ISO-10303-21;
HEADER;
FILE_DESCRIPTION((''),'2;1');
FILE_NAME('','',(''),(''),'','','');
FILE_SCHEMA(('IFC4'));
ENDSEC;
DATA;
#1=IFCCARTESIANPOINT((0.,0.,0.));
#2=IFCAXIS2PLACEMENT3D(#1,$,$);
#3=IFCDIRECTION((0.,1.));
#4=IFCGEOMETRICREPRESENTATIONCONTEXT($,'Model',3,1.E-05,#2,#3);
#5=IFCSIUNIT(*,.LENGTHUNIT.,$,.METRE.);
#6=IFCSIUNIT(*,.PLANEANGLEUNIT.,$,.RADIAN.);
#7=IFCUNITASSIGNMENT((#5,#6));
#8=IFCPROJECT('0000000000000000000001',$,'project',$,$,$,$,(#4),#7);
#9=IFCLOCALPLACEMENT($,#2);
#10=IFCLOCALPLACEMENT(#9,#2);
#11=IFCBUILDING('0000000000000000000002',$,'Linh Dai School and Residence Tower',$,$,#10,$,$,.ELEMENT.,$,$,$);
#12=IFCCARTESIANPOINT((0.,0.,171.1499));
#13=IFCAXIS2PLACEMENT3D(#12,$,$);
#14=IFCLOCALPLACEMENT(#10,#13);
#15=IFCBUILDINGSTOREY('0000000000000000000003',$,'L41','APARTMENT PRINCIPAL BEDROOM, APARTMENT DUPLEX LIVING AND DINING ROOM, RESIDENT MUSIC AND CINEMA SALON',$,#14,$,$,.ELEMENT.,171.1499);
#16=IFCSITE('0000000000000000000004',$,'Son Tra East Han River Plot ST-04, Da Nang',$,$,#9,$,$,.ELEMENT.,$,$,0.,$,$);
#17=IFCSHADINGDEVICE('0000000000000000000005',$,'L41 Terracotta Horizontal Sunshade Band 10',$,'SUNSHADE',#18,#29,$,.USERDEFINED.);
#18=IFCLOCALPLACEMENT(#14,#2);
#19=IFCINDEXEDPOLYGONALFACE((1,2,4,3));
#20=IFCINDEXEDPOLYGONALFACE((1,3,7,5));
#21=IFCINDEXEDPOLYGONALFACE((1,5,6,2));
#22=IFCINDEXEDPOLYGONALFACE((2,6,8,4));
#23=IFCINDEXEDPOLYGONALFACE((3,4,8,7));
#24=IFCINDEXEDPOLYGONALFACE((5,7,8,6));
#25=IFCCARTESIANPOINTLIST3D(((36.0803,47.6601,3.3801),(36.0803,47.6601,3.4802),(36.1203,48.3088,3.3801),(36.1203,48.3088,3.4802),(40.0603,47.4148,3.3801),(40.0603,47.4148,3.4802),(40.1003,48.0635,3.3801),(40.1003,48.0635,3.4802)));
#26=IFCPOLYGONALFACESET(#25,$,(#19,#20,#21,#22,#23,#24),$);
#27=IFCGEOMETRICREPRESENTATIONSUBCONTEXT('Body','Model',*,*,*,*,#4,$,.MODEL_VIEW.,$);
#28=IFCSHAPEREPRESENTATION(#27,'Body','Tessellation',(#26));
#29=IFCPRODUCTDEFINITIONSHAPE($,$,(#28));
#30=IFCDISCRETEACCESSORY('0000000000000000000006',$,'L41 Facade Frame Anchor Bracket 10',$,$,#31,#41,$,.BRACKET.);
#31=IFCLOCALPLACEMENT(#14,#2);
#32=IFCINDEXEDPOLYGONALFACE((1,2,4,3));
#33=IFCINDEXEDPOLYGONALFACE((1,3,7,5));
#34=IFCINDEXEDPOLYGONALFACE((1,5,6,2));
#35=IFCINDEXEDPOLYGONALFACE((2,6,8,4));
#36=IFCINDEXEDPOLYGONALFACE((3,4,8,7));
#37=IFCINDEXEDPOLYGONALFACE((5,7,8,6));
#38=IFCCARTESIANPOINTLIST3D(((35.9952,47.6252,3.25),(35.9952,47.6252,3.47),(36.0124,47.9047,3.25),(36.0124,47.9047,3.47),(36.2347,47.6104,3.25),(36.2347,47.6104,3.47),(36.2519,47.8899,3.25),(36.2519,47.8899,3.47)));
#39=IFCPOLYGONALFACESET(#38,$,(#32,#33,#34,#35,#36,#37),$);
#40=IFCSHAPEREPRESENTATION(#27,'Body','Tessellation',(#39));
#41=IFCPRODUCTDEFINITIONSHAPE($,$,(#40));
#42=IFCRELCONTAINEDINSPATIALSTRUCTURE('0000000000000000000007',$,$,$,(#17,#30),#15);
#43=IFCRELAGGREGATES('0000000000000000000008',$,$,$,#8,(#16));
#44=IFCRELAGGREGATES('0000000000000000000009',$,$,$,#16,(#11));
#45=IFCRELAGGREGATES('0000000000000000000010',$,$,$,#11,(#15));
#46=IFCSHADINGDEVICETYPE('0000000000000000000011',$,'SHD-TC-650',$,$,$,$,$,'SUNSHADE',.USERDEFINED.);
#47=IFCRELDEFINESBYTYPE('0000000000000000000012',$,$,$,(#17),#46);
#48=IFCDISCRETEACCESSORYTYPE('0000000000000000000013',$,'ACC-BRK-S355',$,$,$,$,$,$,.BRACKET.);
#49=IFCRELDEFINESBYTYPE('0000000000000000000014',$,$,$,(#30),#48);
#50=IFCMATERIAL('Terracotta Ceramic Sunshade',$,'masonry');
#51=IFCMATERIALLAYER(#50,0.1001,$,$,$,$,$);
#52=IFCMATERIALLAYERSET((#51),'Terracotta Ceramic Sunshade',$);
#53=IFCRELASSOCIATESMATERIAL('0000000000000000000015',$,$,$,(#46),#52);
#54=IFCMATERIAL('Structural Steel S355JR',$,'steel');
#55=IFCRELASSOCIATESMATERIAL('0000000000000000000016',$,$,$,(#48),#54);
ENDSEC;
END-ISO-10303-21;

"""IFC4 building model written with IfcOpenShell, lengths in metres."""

from ifc_helpers import new_model, si_unit, direction, frame, origin, origin_2d, place, context, subcontext, project, spatial, rectangle, extrude, source, transform, mapped, material, layer, layer_set, type_object, element, save


model = new_model("IFC4")

# Units and contexts
model_context = context("Model", 3, precision=1e-05, world=origin(), true_north=direction((0.0, 1.0)))
body_context = subcontext(model_context, "Body", "Model", "MODEL_VIEW")
ifc_project = project(units=[si_unit("LENGTHUNIT", "METRE"), si_unit("PLANEANGLEUNIT", "RADIAN")], contexts=[model_context])

# Site, building, storey
site_placement = place(None, origin())
site = spatial("IfcSite", under=ifc_project, at=site_placement, Name="Son Tra East Han River Plot ST-04, Da Nang", CompositionType="ELEMENT", RefElevation=0.0)
building_placement = place(site_placement, origin())
building = spatial("IfcBuilding", under=site, at=building_placement, Name="Linh Dai School and Residence Tower", CompositionType="ELEMENT")
storey_placement = place(building_placement, frame((0.0, 0.0, 171.1499)))
storey = spatial("IfcBuildingStorey", under=building, at=storey_placement, Name="L41", Description="APARTMENT PRINCIPAL BEDROOM, APARTMENT DUPLEX LIVING AND DINING ROOM, RESIDENT MUSIC AND CINEMA SALON", CompositionType="ELEMENT", Elevation=171.1499)

# Shared definitions
ifc_material_1 = material(Name="Structural Steel S355JR", Category="steel")

# Shading device
ifc_material_2 = material(Name="Terracotta Ceramic Sunshade", Category="masonry")
ifc_layer_1 = layer(ifc_material_2, 0.1001)
ifc_layer_set_1 = layer_set([ifc_layer_1], Name="Terracotta Ceramic Sunshade")
shading_device_type = type_object("IfcShadingDeviceType", Name="SHD-TC-650", ElementType="SUNSHADE", PredefinedType="USERDEFINED", material=ifc_layer_set_1)
shared_shape_1 = source(origin(), body_context, "Body", "SweptSolid", [
    extrude(rectangle(XDim=3.9875, YDim=0.6499, at=origin_2d()), origin(), (0.0, 0.0, 1.0), 0.1001),
])
shading_device_placement = place(storey_placement, frame((38.0903, 47.8618, 3.3801), z_axis=(0.0, 0.0, 1.0), x_axis=(0.998106, -0.061512, 0.0)))
element("IfcShadingDevice", 1, at=shading_device_placement, inside=storey, type_object=shading_device_type, Name="L41 Terracotta Horizontal Sunshade Band 10", ObjectType="SUNSHADE", PredefinedType="USERDEFINED", context=body_context, shape_type="MappedRepresentation", body=[
    mapped(shared_shape_1, transform((0.0, 0.0, 0.0), x_axis=(1.0, 0.0, 0.0), y_axis=(0.0, 1.0, 0.0), z_axis=(0.0, 0.0, 1.0), scale=1.0)),
])

# Discrete accessory
discrete_accessory_type = type_object("IfcDiscreteAccessoryType", Name="ACC-BRK-S355", PredefinedType="BRACKET", material=ifc_material_1)
shared_shape_2 = source(origin(), body_context, "Body", "SweptSolid", [
    extrude(rectangle(XDim=0.28, YDim=0.24, at=origin_2d()), origin(), (0.0, 0.0, 1.0), 0.22),
])
discrete_accessory_placement = place(storey_placement, frame((36.1235, 47.7576, 3.25), z_axis=(0.0, 0.0, 1.0), x_axis=(0.061512, 0.998106, 0.0)))
element("IfcDiscreteAccessory", 2, at=discrete_accessory_placement, inside=storey, type_object=discrete_accessory_type, Name="L41 Facade Frame Anchor Bracket 10", PredefinedType="BRACKET", context=body_context, shape_type="MappedRepresentation", body=[
    mapped(shared_shape_2, transform((0.0, 0.0, 0.0), x_axis=(1.0, 0.0, 0.0), y_axis=(0.0, 1.0, 0.0), z_axis=(0.0, 0.0, 1.0), scale=1.0)),
])

save(model, "model.ifc")
